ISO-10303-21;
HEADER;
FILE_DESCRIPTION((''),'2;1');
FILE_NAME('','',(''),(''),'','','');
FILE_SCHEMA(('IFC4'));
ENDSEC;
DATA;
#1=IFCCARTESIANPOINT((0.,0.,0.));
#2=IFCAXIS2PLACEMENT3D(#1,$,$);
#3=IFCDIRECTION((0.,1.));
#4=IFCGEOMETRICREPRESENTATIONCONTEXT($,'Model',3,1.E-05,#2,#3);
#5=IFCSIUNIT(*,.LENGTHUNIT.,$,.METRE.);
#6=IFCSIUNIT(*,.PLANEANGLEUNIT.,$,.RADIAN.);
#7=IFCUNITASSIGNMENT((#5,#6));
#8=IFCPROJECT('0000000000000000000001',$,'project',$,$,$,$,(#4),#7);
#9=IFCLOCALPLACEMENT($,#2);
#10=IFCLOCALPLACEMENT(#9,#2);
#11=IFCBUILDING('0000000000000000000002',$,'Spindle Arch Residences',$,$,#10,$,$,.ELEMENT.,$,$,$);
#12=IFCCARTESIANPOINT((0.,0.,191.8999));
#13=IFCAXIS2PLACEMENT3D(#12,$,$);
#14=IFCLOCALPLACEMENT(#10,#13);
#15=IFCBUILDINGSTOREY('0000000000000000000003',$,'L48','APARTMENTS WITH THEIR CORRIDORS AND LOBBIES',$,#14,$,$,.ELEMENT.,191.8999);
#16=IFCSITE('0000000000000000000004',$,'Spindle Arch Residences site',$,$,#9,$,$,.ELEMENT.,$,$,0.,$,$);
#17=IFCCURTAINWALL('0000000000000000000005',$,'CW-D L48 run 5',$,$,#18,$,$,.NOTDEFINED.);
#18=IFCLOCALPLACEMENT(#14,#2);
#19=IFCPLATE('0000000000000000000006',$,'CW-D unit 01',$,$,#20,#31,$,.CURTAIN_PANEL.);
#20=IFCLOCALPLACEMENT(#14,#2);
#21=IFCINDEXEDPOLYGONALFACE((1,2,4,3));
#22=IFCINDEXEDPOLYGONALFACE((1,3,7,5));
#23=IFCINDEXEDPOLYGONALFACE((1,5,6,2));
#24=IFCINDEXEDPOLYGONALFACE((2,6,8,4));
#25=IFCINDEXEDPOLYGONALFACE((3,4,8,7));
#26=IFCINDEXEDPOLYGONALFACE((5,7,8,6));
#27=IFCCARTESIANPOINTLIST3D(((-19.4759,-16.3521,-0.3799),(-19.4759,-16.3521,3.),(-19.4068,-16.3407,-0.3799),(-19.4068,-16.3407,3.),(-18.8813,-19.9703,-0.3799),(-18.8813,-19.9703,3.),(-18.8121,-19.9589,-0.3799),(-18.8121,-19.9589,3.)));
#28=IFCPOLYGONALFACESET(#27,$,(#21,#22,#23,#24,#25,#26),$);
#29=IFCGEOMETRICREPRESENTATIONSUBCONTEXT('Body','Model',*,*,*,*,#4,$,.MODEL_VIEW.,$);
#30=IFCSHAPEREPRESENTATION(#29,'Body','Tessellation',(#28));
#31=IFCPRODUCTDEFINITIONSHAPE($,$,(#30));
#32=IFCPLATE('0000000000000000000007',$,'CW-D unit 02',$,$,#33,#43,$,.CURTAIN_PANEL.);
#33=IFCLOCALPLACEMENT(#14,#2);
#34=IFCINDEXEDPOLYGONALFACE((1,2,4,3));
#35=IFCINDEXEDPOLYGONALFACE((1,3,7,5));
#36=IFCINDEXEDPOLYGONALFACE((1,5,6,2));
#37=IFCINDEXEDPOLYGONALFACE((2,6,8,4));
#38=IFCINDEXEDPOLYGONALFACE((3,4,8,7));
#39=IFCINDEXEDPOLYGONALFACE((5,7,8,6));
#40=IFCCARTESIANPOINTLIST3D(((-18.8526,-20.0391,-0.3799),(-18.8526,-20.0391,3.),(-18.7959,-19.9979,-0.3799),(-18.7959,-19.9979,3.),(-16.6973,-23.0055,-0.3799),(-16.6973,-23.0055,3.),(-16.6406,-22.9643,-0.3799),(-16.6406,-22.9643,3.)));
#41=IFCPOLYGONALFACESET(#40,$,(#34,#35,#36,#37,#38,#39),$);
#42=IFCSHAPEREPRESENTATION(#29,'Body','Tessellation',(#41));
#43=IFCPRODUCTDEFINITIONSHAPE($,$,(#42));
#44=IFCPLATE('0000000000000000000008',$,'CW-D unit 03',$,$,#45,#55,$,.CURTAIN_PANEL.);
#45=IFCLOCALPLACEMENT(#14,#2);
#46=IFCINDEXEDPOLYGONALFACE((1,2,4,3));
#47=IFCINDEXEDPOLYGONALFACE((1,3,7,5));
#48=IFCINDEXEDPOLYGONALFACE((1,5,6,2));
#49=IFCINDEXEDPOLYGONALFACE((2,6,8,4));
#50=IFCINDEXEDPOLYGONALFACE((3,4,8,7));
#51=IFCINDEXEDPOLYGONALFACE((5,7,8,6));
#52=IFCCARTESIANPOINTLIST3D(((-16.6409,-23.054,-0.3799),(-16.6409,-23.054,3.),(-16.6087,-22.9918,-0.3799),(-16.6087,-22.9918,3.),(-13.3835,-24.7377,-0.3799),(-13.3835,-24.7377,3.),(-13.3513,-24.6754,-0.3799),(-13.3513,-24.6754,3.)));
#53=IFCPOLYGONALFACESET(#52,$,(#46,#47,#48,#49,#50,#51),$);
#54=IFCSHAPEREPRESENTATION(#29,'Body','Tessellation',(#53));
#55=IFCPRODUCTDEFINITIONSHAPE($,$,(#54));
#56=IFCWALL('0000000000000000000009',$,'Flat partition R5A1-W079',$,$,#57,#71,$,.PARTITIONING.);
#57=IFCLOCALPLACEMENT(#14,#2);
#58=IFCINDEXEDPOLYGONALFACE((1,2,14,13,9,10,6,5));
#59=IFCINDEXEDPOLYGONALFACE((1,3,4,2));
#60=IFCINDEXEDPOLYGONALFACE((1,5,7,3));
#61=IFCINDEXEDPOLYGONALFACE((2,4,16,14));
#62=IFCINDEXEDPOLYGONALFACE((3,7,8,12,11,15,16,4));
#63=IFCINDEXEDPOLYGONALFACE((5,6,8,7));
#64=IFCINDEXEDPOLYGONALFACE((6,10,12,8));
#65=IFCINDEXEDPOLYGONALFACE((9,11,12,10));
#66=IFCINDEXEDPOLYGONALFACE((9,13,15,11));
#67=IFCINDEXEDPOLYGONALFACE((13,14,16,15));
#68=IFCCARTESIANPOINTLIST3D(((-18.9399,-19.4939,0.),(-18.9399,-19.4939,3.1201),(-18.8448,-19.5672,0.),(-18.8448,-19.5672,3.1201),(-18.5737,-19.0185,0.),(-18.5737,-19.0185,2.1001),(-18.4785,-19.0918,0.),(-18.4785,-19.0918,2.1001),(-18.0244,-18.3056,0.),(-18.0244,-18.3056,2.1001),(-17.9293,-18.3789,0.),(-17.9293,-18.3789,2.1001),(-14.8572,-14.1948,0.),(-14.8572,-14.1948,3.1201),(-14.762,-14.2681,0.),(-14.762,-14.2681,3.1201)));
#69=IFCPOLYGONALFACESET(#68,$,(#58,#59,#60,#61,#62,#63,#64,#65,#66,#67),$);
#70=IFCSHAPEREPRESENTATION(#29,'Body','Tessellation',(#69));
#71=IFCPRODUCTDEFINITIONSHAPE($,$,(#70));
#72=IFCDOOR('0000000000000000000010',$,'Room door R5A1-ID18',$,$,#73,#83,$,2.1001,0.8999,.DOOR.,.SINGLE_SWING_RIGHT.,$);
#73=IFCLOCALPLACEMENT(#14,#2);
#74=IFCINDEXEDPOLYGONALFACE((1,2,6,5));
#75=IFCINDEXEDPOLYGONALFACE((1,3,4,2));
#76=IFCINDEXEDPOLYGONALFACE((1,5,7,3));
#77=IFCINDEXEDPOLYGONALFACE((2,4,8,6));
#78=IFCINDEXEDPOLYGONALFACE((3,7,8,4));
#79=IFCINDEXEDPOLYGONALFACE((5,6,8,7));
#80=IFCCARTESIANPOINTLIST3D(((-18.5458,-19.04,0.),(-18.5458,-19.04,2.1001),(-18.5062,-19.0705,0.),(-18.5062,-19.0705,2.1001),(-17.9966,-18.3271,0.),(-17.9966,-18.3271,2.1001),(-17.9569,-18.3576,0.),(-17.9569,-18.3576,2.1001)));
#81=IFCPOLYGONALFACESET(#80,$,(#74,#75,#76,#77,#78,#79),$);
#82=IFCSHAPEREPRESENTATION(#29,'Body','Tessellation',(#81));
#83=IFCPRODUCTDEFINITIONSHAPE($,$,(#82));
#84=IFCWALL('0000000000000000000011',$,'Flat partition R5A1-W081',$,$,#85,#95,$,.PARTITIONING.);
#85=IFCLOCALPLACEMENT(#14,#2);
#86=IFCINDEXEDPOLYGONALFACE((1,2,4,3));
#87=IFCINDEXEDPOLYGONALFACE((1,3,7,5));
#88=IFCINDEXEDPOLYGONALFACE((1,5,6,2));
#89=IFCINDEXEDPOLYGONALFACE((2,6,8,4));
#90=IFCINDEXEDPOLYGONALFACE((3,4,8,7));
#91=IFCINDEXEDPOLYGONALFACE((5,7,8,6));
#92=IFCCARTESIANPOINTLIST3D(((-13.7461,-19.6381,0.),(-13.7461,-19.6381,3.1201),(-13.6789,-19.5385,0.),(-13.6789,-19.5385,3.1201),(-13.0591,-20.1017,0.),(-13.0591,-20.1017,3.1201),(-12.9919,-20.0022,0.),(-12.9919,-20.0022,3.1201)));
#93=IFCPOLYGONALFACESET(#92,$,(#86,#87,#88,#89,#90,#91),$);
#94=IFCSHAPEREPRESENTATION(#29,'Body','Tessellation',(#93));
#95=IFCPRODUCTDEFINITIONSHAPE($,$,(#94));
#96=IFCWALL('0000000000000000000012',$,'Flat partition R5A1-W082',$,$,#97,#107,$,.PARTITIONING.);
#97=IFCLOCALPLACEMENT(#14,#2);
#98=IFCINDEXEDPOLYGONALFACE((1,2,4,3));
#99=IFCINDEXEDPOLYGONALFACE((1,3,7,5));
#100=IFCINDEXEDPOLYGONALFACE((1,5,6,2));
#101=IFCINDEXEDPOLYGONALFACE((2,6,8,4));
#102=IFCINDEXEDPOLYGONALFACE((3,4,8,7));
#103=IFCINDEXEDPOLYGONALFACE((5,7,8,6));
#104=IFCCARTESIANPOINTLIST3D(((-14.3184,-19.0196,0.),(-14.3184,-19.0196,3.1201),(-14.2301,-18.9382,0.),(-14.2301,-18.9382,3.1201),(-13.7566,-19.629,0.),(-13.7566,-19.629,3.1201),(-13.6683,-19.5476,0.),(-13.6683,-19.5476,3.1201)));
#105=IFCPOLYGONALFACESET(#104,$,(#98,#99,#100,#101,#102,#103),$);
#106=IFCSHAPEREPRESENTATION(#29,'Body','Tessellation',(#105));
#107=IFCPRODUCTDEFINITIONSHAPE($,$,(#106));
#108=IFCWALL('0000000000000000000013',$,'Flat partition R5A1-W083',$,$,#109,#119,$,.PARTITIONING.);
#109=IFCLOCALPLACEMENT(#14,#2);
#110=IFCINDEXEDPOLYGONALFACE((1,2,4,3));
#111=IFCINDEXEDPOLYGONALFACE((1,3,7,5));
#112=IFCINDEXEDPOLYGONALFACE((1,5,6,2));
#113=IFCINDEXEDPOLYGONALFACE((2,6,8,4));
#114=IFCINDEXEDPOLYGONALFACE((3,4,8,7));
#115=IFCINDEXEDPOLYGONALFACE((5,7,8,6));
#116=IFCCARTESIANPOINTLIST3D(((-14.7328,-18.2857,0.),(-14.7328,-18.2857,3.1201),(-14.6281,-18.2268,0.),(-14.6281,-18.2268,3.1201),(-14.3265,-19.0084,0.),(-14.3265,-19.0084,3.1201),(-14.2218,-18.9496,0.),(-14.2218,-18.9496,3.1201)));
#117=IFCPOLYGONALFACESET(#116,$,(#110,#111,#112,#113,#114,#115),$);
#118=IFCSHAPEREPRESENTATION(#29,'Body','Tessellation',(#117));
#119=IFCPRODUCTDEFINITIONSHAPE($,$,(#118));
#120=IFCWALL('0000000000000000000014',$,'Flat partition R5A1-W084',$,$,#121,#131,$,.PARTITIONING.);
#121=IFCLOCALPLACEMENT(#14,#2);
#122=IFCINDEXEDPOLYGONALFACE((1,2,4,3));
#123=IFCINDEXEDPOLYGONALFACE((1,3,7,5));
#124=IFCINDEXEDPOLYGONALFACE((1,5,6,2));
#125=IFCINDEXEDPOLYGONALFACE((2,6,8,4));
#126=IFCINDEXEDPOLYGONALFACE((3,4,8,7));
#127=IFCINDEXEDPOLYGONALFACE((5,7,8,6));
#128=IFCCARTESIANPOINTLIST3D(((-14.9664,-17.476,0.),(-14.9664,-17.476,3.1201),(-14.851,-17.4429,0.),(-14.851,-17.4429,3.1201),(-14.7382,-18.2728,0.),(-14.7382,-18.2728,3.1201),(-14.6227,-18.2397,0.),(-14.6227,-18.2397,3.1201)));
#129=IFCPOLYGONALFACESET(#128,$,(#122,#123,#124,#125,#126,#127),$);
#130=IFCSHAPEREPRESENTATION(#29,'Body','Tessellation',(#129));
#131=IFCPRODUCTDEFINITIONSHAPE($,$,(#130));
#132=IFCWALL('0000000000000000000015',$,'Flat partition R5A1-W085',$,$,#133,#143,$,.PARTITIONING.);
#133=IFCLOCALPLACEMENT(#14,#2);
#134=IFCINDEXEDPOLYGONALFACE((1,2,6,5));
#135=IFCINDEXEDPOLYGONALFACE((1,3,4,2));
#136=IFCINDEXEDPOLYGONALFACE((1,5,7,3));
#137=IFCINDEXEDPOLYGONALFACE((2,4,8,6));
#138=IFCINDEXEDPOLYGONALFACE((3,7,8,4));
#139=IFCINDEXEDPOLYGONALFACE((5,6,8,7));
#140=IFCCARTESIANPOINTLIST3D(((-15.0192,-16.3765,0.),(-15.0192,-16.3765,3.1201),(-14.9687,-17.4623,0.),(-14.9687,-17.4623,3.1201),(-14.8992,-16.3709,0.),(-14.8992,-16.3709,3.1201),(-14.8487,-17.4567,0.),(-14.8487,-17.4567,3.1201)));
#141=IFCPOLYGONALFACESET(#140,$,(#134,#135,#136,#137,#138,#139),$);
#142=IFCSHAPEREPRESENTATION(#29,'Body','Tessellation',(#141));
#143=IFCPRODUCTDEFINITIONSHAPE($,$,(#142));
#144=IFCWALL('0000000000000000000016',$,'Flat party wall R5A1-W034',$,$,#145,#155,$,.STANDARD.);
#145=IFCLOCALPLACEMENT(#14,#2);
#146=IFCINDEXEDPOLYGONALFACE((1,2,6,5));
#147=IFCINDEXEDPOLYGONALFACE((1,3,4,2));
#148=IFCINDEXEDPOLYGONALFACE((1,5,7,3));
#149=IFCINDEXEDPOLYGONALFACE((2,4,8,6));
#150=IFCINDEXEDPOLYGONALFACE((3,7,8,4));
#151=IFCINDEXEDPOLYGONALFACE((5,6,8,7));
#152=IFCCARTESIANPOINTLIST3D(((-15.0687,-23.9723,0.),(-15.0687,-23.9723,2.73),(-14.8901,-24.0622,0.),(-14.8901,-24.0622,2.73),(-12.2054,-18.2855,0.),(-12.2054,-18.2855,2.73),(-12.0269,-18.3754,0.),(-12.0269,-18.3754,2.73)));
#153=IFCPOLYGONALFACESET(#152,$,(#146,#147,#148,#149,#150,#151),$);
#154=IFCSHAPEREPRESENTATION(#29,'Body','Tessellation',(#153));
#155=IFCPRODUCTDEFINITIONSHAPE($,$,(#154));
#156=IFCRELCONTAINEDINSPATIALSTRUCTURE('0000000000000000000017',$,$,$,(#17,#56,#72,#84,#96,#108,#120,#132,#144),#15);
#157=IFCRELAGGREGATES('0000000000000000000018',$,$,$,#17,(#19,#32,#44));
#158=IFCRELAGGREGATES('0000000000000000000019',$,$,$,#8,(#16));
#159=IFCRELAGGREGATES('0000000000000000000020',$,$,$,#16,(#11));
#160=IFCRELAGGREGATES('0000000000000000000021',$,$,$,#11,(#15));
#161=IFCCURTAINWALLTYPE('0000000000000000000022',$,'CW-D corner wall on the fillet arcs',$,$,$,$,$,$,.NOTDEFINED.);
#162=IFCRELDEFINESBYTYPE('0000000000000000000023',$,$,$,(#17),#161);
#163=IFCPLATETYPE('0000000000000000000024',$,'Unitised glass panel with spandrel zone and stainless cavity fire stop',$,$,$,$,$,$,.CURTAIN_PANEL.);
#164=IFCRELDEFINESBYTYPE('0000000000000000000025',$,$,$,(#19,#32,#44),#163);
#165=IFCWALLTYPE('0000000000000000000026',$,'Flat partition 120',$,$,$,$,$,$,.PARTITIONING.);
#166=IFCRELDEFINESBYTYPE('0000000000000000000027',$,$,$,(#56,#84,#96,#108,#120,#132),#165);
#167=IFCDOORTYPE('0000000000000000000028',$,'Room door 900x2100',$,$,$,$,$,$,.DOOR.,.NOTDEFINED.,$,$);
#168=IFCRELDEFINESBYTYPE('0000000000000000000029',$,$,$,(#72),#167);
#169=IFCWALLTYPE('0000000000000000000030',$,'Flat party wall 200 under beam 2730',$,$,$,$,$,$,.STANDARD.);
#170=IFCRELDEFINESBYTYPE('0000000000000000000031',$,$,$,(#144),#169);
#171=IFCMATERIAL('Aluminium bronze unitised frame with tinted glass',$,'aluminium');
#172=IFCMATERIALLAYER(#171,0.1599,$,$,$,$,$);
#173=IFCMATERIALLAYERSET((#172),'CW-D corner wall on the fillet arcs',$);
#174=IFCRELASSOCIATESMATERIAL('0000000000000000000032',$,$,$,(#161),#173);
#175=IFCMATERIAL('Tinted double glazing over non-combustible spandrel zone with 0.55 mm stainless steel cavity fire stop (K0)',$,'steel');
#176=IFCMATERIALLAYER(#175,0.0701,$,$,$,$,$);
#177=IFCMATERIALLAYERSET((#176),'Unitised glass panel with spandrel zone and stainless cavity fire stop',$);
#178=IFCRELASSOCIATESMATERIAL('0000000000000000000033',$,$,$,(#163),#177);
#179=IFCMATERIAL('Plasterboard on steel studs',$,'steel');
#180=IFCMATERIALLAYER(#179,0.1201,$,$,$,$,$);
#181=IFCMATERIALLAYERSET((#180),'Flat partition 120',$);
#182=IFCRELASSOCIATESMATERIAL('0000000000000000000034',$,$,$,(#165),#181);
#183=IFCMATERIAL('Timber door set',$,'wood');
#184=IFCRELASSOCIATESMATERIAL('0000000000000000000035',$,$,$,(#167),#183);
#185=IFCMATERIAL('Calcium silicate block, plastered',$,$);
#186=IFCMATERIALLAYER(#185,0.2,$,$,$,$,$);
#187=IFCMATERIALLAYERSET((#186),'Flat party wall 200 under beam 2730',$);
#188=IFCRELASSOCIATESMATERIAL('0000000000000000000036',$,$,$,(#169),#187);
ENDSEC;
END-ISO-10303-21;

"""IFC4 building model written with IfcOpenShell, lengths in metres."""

from ifc_helpers import new_model, si_unit, direction, frame, frame_2d, origin, origin_2d, place, context, subcontext, project, spatial, rectangle, extrude, material, layer, layer_set, type_object, element, fill, aggregate, save


model = new_model("IFC4")

# Units and contexts
model_context = context("Model", 3, precision=1e-05, world=origin(), true_north=direction((0.0, 1.0)))
body_context = subcontext(model_context, "Body", "Model", "MODEL_VIEW")
ifc_project = project(units=[si_unit("LENGTHUNIT", "METRE"), si_unit("PLANEANGLEUNIT", "RADIAN")], contexts=[model_context])

# Site, building, storey
site_placement = place(None, origin())
site = spatial("IfcSite", under=ifc_project, at=site_placement, Name="Spindle Arch Residences site", CompositionType="ELEMENT", RefElevation=0.0)
building_placement = place(site_placement, origin())
building = spatial("IfcBuilding", under=site, at=building_placement, Name="Spindle Arch Residences", CompositionType="ELEMENT")
storey_placement = place(building_placement, frame((0.0, 0.0, 191.8999)))
storey = spatial("IfcBuildingStorey", under=building, at=storey_placement, Name="L48", Description="APARTMENTS WITH THEIR CORRIDORS AND LOBBIES", CompositionType="ELEMENT", Elevation=191.8999)

# Curtain wall
ifc_material_1 = material(Name="Aluminium bronze unitised frame with tinted glass", Category="aluminium")
ifc_layer_1 = layer(ifc_material_1, 0.1599)
ifc_layer_set_1 = layer_set([ifc_layer_1], Name="CW-D corner wall on the fillet arcs")
curtain_wall_type = type_object("IfcCurtainWallType", Name="CW-D corner wall on the fillet arcs", PredefinedType="NOTDEFINED", material=ifc_layer_set_1)
curtain_wall_placement = place(storey_placement, origin())
curtain_wall = element("IfcCurtainWall", 1, at=curtain_wall_placement, inside=storey, type_object=curtain_wall_type, Name="CW-D L48 run 5", PredefinedType="NOTDEFINED")

# Plates
ifc_material_2 = material(Name="Tinted double glazing over non-combustible spandrel zone with 0.55 mm stainless steel cavity fire stop (K0)", Category="steel")
ifc_layer_2 = layer(ifc_material_2, 0.0701)
ifc_layer_set_2 = layer_set([ifc_layer_2], Name="Unitised glass panel with spandrel zone and stainless cavity fire stop")
plate_type = type_object("IfcPlateType", Name="Unitised glass panel with spandrel zone and stainless cavity fire stop", PredefinedType="CURTAIN_PANEL", material=ifc_layer_set_2)
plate_1_placement = place(storey_placement, frame((-19.144, -18.1555, -0.3799), z_axis=(0.0, 0.0, 1.0), x_axis=(0.162178, -0.986762, 0.0)))
plate_1 = element("IfcPlate", 2, at=plate_1_placement, type_object=plate_type, Name="CW-D unit 01", PredefinedType="CURTAIN_PANEL", context=body_context, shape_type="SweptSolid", body=[
    extrude(rectangle(XDim=3.6667, YDim=0.0701, at=origin_2d()), origin(), (0.0, 0.0, 1.0), 3.3799),
])
plate_2_placement = place(storey_placement, frame((-17.7466, -21.5017, -0.3799), z_axis=(0.0, 0.0, 1.0), x_axis=(0.587785, -0.809017, 0.0)))
plate_2 = element("IfcPlate", 3, at=plate_2_placement, type_object=plate_type, Name="CW-D unit 02", PredefinedType="CURTAIN_PANEL", context=body_context, shape_type="SweptSolid", body=[
    extrude(rectangle(XDim=3.6667, YDim=0.0701, at=origin_2d()), origin(), (0.0, 0.0, 1.0), 3.3799),
])
plate_3_placement = place(storey_placement, frame((-14.9961, -23.8647, -0.3799), z_axis=(0.0, 0.0, 1.0), x_axis=(0.88835, -0.459166, 0.0)))
plate_3 = element("IfcPlate", 4, at=plate_3_placement, type_object=plate_type, Name="CW-D unit 03", PredefinedType="CURTAIN_PANEL", context=body_context, shape_type="SweptSolid", body=[
    extrude(rectangle(XDim=3.6667, YDim=0.0701, at=origin_2d()), origin(), (0.0, 0.0, 1.0), 3.3799),
])
aggregate(curtain_wall, [plate_1, plate_2, plate_3])

# Wall, opening, door
ifc_material_3 = material(Name="Plasterboard on steel studs", Category="steel")
ifc_layer_3 = layer(ifc_material_3, 0.1201)
ifc_layer_set_3 = layer_set([ifc_layer_3], Name="Flat partition 120")
wall_type_1 = type_object("IfcWallType", Name="Flat partition 120", PredefinedType="PARTITIONING", material=ifc_layer_set_3)
wall_1_placement = place(storey_placement, frame((-18.8923, -19.5305, 0.0), z_axis=(0.0, 0.0, 1.0), x_axis=(0.610326, 0.79215, 0.0)))
wall_1 = element("IfcWall", 5, at=wall_1_placement, inside=storey, type_object=wall_type_1, Name="Flat partition R5A1-W079", PredefinedType="PARTITIONING", context=body_context, shape_type="SweptSolid", body=[
    extrude(rectangle(XDim=6.6895, YDim=0.1201, at=frame_2d((3.3447, 0.0))), origin(), (0.0, 0.0, 1.0), 3.1201),
])
opening_placement = place(wall_1_placement, frame((0.6001, 0.0, 0.0)))
opening = element("IfcOpeningElement", 6, at=opening_placement, cuts=wall_1, PredefinedType="OPENING", context=body_context, shape_type="SweptSolid", body=[
    extrude(rectangle(XDim=0.8999, YDim=2.1001, at=frame_2d((0.45, 1.05))), frame((0.0, 0.0701, 0.0), z_axis=(0.0, -1.0, 0.0), x_axis=(1.0, 0.0, 0.0)), (0.0, 0.0, 1.0), 0.1401),
])
ifc_material_4 = material(Name="Timber door set", Category="wood")
door_type = type_object("IfcDoorType", Name="Room door 900x2100", OperationType="NOTDEFINED", PredefinedType="DOOR", material=ifc_material_4)
door_placement = place(opening_placement, origin())
door = element("IfcDoor", 7, at=door_placement, inside=storey, type_object=door_type, Name="Room door R5A1-ID18", OperationType="SINGLE_SWING_RIGHT", OverallHeight=2.1001, OverallWidth=0.8999, PredefinedType="DOOR", context=body_context, shape_type="SweptSolid", body=[
    extrude(rectangle(XDim=0.8999, YDim=2.1001, at=frame_2d((0.45, 1.05))), frame((0.0, 0.0249, 0.0), z_axis=(0.0, -1.0, 0.0), x_axis=(1.0, 0.0, 0.0)), (0.0, 0.0, 1.0), 0.05),
])
fill(opening, door)

# Walls
for number, where, z_axis, x_axis, name in (
    (8, (-13.0254, -20.052, 0.0), (0.0, 0.0, 1.0), (-0.82891, 0.559382, 0.0), "Flat partition R5A1-W081"),
    (9, (-13.7124, -19.5884, 0.0), (0.0, 0.0, 1.0), (-0.677803, 0.735244, 0.0), "Flat partition R5A1-W082"),
):
    element("IfcWall", number, at=place(storey_placement, frame(where, z_axis=z_axis, x_axis=x_axis)), inside=storey, type_object=wall_type_1, Name=name, PredefinedType="PARTITIONING", context=body_context, shape_type="SweptSolid", body=[
        extrude(rectangle(XDim=0.8289, YDim=0.1201, at=frame_2d((0.4146, 0.0))), origin(), (0.0, 0.0, 1.0), 3.1201),
    ])
wall_2_placement = place(storey_placement, frame((-14.2742, -18.979, 0.0), z_axis=(0.0, 0.0, 1.0), x_axis=(-0.490038, 0.871701, 0.0)))
element("IfcWall", 10, at=wall_2_placement, inside=storey, type_object=wall_type_1, Name="Flat partition R5A1-W083", PredefinedType="PARTITIONING", context=body_context, shape_type="SweptSolid", body=[
    extrude(rectangle(XDim=0.8291, YDim=0.1201, at=frame_2d((0.4146, 0.0))), origin(), (0.0, 0.0, 1.0), 3.1201),
])
wall_3_placement = place(storey_placement, frame((-14.6804, -18.2563, 0.0), z_axis=(0.0, 0.0, 1.0), x_axis=(-0.275382, 0.961335, 0.0)))
element("IfcWall", 11, at=wall_3_placement, inside=storey, type_object=wall_type_1, Name="Flat partition R5A1-W084", PredefinedType="PARTITIONING", context=body_context, shape_type="SweptSolid", body=[
    extrude(rectangle(XDim=0.8289, YDim=0.1201, at=frame_2d((0.4146, 0.0))), origin(), (0.0, 0.0, 1.0), 3.1201),
])
wall_4_placement = place(storey_placement, frame((-14.9087, -17.4595, 0.0), z_axis=(0.0, 0.0, 1.0), x_axis=(-0.046498, 0.998918, 0.0)))
element("IfcWall", 12, at=wall_4_placement, inside=storey, type_object=wall_type_1, Name="Flat partition R5A1-W085", PredefinedType="PARTITIONING", context=body_context, shape_type="SweptSolid", body=[
    extrude(rectangle(XDim=1.0869, YDim=0.1201, at=frame_2d((0.5435, 0.0))), origin(), (0.0, 0.0, 1.0), 3.1201),
])
ifc_material_5 = material(Name="Calcium silicate block, plastered")
ifc_layer_4 = layer(ifc_material_5, 0.2)
ifc_layer_set_4 = layer_set([ifc_layer_4], Name="Flat party wall 200 under beam 2730")
wall_type_2 = type_object("IfcWallType", Name="Flat party wall 200 under beam 2730", PredefinedType="STANDARD", material=ifc_layer_set_4)
wall_5_placement = place(storey_placement, frame((-14.9795, -24.0173, 0.0), z_axis=(0.0, 0.0, 1.0), x_axis=(0.449712, 0.893174, 0.0)))
element("IfcWall", 13, at=wall_5_placement, inside=storey, type_object=wall_type_2, Name="Flat party wall R5A1-W034", PredefinedType="STANDARD", context=body_context, shape_type="SweptSolid", body=[
    extrude(rectangle(XDim=6.3669, YDim=0.2, at=frame_2d((3.1836, 0.0))), origin(), (0.0, 0.0, 1.0), 2.73),
])

save(model, "model.ifc")
